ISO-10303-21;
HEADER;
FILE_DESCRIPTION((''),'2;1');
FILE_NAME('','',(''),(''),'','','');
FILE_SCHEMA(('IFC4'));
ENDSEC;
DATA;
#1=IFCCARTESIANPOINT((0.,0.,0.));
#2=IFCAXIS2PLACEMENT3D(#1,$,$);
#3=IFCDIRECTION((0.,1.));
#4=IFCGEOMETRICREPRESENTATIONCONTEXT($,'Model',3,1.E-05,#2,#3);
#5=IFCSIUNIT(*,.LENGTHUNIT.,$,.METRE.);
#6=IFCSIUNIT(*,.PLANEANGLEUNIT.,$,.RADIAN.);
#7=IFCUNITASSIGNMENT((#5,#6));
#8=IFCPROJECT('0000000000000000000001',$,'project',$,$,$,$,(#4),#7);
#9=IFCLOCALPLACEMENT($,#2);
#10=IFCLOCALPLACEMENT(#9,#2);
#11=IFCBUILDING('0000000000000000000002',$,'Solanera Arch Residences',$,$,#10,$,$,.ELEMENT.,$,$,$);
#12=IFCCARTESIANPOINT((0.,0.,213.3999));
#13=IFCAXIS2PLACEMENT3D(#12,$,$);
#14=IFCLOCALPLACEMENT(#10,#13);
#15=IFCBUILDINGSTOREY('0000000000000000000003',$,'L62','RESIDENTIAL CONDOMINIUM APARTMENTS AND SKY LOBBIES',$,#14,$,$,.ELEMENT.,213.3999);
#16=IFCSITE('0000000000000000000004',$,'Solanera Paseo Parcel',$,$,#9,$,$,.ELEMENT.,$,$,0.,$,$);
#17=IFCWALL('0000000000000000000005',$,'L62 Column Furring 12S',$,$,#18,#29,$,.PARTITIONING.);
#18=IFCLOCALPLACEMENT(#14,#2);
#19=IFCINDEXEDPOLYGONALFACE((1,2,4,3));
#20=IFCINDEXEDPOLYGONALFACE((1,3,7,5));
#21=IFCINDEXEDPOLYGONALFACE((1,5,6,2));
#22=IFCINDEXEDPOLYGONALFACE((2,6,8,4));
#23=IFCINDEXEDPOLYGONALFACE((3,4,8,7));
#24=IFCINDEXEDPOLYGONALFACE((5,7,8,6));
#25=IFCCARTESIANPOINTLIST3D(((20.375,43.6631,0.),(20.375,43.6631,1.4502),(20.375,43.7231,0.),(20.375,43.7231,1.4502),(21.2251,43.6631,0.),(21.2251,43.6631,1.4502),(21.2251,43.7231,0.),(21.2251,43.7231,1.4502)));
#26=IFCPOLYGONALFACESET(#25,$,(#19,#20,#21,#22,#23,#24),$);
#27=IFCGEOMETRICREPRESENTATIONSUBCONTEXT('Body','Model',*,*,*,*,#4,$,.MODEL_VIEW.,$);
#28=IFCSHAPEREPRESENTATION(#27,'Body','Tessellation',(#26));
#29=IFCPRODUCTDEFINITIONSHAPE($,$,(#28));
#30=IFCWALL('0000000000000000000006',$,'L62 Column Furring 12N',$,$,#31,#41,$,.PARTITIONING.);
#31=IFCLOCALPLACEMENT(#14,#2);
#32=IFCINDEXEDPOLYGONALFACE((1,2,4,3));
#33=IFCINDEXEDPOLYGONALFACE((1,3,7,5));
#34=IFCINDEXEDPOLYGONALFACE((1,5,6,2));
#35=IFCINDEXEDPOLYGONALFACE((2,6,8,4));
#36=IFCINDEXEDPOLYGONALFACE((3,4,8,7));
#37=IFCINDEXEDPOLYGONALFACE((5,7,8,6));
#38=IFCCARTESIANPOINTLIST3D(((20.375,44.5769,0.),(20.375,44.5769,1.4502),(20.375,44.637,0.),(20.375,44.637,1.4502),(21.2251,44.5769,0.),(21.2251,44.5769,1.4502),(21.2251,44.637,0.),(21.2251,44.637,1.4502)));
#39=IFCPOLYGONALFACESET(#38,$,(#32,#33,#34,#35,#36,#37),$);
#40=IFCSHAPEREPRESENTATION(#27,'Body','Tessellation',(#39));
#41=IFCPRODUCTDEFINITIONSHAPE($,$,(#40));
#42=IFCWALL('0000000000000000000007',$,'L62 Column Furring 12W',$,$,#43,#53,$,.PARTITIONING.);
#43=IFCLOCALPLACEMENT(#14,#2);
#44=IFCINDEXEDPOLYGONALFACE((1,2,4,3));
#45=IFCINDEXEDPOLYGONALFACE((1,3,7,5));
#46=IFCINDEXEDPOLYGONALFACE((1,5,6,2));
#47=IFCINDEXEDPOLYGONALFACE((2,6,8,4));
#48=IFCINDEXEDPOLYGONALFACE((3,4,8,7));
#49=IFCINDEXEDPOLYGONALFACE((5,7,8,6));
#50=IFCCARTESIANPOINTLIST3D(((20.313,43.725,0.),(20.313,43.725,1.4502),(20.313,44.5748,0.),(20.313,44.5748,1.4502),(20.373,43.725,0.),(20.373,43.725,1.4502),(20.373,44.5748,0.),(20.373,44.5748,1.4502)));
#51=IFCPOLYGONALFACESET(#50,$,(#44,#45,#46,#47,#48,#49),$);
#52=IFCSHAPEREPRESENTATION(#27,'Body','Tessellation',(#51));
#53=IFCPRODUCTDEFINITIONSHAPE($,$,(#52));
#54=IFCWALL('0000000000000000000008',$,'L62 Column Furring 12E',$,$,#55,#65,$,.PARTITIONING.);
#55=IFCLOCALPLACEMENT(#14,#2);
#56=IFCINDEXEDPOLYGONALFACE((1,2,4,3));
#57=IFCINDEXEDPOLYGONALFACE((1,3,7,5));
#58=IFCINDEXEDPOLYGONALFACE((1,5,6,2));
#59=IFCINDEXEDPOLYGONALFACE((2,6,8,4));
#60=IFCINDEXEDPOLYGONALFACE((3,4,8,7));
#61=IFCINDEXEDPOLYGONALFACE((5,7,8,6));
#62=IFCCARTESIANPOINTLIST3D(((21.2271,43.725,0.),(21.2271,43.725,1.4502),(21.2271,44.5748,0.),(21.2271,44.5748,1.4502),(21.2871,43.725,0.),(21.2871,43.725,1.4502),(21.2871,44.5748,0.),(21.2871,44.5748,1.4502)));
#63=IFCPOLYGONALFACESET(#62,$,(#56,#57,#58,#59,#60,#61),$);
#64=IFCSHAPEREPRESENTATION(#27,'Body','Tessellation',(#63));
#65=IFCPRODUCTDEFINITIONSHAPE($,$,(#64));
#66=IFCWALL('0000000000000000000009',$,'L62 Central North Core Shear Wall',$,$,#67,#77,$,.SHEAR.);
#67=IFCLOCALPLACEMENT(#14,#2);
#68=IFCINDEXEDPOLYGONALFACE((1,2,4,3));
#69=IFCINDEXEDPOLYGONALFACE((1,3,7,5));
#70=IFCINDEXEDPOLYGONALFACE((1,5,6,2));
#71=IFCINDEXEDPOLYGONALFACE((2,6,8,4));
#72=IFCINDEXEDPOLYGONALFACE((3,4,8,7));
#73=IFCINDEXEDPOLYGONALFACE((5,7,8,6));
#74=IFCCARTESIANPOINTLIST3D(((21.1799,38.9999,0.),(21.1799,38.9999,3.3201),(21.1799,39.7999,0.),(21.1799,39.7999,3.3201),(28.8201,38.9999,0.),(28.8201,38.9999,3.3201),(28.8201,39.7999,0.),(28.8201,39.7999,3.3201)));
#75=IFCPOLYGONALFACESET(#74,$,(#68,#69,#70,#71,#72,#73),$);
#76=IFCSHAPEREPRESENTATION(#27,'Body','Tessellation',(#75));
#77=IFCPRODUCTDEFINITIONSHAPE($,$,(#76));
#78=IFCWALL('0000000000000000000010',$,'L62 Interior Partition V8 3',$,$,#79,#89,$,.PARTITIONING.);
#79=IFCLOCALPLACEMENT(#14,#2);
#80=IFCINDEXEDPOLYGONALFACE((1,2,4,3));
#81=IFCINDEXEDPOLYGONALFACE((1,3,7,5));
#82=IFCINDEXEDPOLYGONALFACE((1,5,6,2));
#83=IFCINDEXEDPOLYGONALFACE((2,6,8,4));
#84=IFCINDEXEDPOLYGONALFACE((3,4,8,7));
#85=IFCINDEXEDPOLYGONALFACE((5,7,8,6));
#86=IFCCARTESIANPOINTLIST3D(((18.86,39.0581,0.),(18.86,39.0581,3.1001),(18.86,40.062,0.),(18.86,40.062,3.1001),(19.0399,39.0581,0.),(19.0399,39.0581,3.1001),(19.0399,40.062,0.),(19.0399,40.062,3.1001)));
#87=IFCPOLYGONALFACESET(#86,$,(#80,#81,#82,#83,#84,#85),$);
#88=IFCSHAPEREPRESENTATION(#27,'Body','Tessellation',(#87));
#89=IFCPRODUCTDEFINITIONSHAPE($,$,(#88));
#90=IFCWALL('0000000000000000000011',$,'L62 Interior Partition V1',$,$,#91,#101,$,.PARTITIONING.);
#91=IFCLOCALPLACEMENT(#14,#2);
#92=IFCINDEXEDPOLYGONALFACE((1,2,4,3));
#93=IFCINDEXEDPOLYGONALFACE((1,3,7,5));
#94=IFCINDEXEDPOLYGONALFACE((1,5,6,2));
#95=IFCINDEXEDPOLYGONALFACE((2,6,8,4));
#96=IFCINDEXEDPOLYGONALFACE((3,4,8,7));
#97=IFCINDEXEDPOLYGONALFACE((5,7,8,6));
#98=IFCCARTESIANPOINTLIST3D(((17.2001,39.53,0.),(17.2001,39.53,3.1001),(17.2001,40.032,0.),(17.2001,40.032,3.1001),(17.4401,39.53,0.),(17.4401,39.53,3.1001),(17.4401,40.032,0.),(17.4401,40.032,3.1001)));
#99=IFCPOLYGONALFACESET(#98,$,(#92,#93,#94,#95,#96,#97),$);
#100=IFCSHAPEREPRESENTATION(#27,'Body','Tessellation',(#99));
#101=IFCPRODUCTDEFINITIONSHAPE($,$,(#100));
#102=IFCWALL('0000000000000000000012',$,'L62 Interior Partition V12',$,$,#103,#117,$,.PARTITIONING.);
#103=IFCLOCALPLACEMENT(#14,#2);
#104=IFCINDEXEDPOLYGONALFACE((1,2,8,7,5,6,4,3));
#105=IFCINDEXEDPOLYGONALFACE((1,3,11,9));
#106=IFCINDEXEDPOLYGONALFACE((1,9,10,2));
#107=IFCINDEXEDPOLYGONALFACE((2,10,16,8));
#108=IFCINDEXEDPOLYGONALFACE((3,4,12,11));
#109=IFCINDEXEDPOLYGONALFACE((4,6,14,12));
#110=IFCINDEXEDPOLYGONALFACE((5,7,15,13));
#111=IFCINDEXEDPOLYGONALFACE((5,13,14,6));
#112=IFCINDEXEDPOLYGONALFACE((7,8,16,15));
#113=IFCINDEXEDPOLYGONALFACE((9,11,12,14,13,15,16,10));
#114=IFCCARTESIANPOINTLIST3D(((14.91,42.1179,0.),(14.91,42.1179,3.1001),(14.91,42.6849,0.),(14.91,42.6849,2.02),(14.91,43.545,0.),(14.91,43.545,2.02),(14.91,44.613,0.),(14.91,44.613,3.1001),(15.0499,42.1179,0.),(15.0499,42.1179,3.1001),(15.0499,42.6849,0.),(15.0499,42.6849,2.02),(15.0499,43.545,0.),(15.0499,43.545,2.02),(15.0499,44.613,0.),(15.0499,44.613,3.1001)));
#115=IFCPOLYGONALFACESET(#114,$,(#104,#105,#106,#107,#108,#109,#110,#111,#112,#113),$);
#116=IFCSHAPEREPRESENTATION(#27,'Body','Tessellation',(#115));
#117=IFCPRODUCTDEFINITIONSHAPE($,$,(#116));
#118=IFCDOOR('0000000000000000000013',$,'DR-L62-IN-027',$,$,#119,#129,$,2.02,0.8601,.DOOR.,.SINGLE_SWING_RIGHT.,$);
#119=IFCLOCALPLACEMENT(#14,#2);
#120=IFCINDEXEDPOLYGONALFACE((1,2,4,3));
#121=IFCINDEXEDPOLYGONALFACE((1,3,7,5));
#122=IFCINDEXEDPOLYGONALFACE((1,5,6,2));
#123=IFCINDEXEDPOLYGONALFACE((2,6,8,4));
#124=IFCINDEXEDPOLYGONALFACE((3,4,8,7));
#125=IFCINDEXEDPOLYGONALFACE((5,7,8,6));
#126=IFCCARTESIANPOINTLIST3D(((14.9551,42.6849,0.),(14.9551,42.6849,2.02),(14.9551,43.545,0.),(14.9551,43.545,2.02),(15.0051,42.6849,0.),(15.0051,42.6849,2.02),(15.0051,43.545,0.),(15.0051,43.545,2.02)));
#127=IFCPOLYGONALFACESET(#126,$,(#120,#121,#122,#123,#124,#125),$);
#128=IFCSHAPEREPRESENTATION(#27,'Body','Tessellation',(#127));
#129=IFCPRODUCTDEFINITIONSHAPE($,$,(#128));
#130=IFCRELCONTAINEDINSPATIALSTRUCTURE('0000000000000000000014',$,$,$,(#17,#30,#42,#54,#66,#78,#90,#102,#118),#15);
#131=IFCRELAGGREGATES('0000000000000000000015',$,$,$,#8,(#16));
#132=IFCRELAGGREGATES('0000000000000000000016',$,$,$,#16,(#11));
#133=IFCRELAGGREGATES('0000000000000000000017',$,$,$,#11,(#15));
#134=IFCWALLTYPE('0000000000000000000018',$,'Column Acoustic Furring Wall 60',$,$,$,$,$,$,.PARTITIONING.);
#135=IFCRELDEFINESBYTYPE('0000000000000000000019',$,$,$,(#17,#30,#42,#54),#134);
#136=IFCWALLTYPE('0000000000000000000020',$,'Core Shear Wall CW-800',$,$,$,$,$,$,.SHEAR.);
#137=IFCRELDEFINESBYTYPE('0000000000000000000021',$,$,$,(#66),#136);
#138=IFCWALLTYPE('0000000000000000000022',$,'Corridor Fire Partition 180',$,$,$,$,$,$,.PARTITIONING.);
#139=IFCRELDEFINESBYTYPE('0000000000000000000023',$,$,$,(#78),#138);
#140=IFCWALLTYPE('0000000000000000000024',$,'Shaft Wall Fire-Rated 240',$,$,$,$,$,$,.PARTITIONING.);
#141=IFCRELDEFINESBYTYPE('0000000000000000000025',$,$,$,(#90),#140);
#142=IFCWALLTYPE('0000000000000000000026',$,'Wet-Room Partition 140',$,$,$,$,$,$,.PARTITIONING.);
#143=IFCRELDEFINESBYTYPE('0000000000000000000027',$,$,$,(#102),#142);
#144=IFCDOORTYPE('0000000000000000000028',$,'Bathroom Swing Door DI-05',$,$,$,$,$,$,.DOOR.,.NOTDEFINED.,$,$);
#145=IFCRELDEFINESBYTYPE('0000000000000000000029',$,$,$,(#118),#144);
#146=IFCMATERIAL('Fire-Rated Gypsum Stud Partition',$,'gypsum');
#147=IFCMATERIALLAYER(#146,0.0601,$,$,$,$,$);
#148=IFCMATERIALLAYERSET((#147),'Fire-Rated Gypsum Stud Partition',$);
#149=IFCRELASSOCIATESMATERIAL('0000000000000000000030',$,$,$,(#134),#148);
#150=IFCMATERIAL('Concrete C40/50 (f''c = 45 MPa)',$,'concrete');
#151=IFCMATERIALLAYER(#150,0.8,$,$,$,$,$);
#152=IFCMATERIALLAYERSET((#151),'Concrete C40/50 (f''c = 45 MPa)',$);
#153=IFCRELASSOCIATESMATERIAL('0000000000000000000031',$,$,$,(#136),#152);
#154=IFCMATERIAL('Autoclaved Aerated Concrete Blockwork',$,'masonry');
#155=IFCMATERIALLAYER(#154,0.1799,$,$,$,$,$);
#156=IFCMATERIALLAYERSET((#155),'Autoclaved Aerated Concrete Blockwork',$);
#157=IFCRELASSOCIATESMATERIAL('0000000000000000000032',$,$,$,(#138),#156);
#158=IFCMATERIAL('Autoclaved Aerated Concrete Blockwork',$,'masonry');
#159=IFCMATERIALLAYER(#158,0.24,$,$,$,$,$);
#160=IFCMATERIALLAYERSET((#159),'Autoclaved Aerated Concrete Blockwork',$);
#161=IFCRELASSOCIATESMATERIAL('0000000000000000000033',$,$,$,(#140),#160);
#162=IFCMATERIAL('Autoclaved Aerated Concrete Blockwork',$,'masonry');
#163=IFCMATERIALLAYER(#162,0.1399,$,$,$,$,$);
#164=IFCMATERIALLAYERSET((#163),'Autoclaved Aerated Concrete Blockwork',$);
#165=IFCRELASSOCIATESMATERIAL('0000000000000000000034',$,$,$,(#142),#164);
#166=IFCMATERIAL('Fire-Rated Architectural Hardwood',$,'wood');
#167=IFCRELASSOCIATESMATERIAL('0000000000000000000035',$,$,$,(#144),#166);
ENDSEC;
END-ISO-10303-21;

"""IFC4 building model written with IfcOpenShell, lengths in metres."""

from ifc_helpers import new_model, si_unit, direction, frame, frame_2d, origin, place, context, subcontext, project, spatial, rectangle, extrude, material, layer, layer_set, type_object, element, fill, save


model = new_model("IFC4")

# Units and contexts
model_context = context("Model", 3, precision=1e-05, world=origin(), true_north=direction((0.0, 1.0)))
body_context = subcontext(model_context, "Body", "Model", "MODEL_VIEW")
ifc_project = project(units=[si_unit("LENGTHUNIT", "METRE"), si_unit("PLANEANGLEUNIT", "RADIAN")], contexts=[model_context])

# Site, building, storey
site_placement = place(None, origin())
site = spatial("IfcSite", under=ifc_project, at=site_placement, Name="Solanera Paseo Parcel", CompositionType="ELEMENT", RefElevation=0.0)
building_placement = place(site_placement, origin())
building = spatial("IfcBuilding", under=site, at=building_placement, Name="Solanera Arch Residences", CompositionType="ELEMENT")
storey_placement = place(building_placement, frame((0.0, 0.0, 213.3999)))
storey = spatial("IfcBuildingStorey", under=building, at=storey_placement, Name="L62", Description="RESIDENTIAL CONDOMINIUM APARTMENTS AND SKY LOBBIES", CompositionType="ELEMENT", Elevation=213.3999)

# Walls
ifc_material_1 = material(Name="Fire-Rated Gypsum Stud Partition", Category="gypsum")
ifc_layer_1 = layer(ifc_material_1, 0.0601)
ifc_layer_set_1 = layer_set([ifc_layer_1], Name="Fire-Rated Gypsum Stud Partition")
wall_type_1 = type_object("IfcWallType", Name="Column Acoustic Furring Wall 60", PredefinedType="PARTITIONING", material=ifc_layer_set_1)
for number, where, z_axis, x_axis, name in (
    (1, (20.375, 43.6931, 0.0), (0.0, 0.0, 1.0), (1.0, 0.0, 0.0), "L62 Column Furring 12S"),
    (2, (20.375, 44.6069, 0.0), (0.0, 0.0, 1.0), (1.0, 0.0, 0.0), "L62 Column Furring 12N"),
):
    element("IfcWall", number, at=place(storey_placement, frame(where, z_axis=z_axis, x_axis=x_axis)), inside=storey, type_object=wall_type_1, Name=name, PredefinedType="PARTITIONING", context=body_context, shape_type="SweptSolid", body=[
        extrude(rectangle(XDim=0.8501, YDim=0.0601, at=frame_2d((0.425, 0.0))), origin(), (0.0, 0.0, 1.0), 1.4502),
    ])
for number, where, z_axis, x_axis, name in (
    (3, (20.343, 43.7251, 0.0), (0.0, 0.0, 1.0), (0.0, 1.0, 0.0), "L62 Column Furring 12W"),
    (4, (21.2571, 43.7251, 0.0), (0.0, 0.0, 1.0), (0.0, 1.0, 0.0), "L62 Column Furring 12E"),
):
    element("IfcWall", number, at=place(storey_placement, frame(where, z_axis=z_axis, x_axis=x_axis)), inside=storey, type_object=wall_type_1, Name=name, PredefinedType="PARTITIONING", context=body_context, shape_type="SweptSolid", body=[
        extrude(rectangle(XDim=0.8499, YDim=0.0601, at=frame_2d((0.4248, 0.0))), origin(), (0.0, 0.0, 1.0), 1.4502),
    ])
ifc_material_2 = material(Name="Concrete C40/50 (f'c = 45 MPa)", Category="concrete")
ifc_layer_2 = layer(ifc_material_2, 0.8)
ifc_layer_set_2 = layer_set([ifc_layer_2], Name="Concrete C40/50 (f'c = 45 MPa)")
wall_type_2 = type_object("IfcWallType", Name="Core Shear Wall CW-800", PredefinedType="SHEAR", material=ifc_layer_set_2)
wall_1_placement = place(storey_placement, frame((21.1799, 39.3999, 0.0), z_axis=(0.0, 0.0, 1.0), x_axis=(1.0, 0.0, 0.0)))
element("IfcWall", 5, at=wall_1_placement, inside=storey, type_object=wall_type_2, Name="L62 Central North Core Shear Wall", PredefinedType="SHEAR", context=body_context, shape_type="SweptSolid", body=[
    extrude(rectangle(XDim=7.6401, YDim=0.8, at=frame_2d((3.8201, 0.0))), origin(), (0.0, 0.0, 1.0), 3.3201),
])
ifc_material_3 = material(Name="Autoclaved Aerated Concrete Blockwork", Category="masonry")
ifc_layer_3 = layer(ifc_material_3, 0.1799)
ifc_layer_set_3 = layer_set([ifc_layer_3], Name="Autoclaved Aerated Concrete Blockwork")
wall_type_3 = type_object("IfcWallType", Name="Corridor Fire Partition 180", PredefinedType="PARTITIONING", material=ifc_layer_set_3)
wall_2_placement = place(storey_placement, frame((18.95, 39.0581, 0.0), z_axis=(0.0, 0.0, 1.0), x_axis=(0.0, 1.0, 0.0)))
element("IfcWall", 6, at=wall_2_placement, inside=storey, type_object=wall_type_3, Name="L62 Interior Partition V8 3", PredefinedType="PARTITIONING", context=body_context, shape_type="SweptSolid", body=[
    extrude(rectangle(XDim=1.0039, YDim=0.1799, at=frame_2d((0.502, 0.0))), origin(), (0.0, 0.0, 1.0), 3.1001),
])
ifc_material_4 = material(Name="Autoclaved Aerated Concrete Blockwork", Category="masonry")
ifc_layer_4 = layer(ifc_material_4, 0.24)
ifc_layer_set_4 = layer_set([ifc_layer_4], Name="Autoclaved Aerated Concrete Blockwork")
wall_type_4 = type_object("IfcWallType", Name="Shaft Wall Fire-Rated 240", PredefinedType="PARTITIONING", material=ifc_layer_set_4)
wall_3_placement = place(storey_placement, frame((17.3201, 39.53, 0.0), z_axis=(0.0, 0.0, 1.0), x_axis=(0.0, 1.0, 0.0)))
element("IfcWall", 7, at=wall_3_placement, inside=storey, type_object=wall_type_4, Name="L62 Interior Partition V1", PredefinedType="PARTITIONING", context=body_context, shape_type="SweptSolid", body=[
    extrude(rectangle(XDim=0.502, YDim=0.24, at=frame_2d((0.251, 0.0))), origin(), (0.0, 0.0, 1.0), 3.1001),
])

# Wall, opening, door
ifc_material_5 = material(Name="Autoclaved Aerated Concrete Blockwork", Category="masonry")
ifc_layer_5 = layer(ifc_material_5, 0.1399)
ifc_layer_set_5 = layer_set([ifc_layer_5], Name="Autoclaved Aerated Concrete Blockwork")
wall_type_5 = type_object("IfcWallType", Name="Wet-Room Partition 140", PredefinedType="PARTITIONING", material=ifc_layer_set_5)
wall_4_placement = place(storey_placement, frame((14.98, 42.1179, 0.0), z_axis=(0.0, 0.0, 1.0), x_axis=(0.0, 1.0, 0.0)))
wall_4 = element("IfcWall", 8, at=wall_4_placement, inside=storey, type_object=wall_type_5, Name="L62 Interior Partition V12", PredefinedType="PARTITIONING", context=body_context, shape_type="SweptSolid", body=[
    extrude(rectangle(XDim=2.4951, YDim=0.1399, at=frame_2d((1.2476, 0.0))), origin(), (0.0, 0.0, 1.0), 3.1001),
])
opening_placement = place(wall_4_placement, frame((0.5669, 0.0, 0.0)))
opening = element("IfcOpeningElement", 9, at=opening_placement, cuts=wall_4, PredefinedType="OPENING", context=body_context, shape_type="SweptSolid", body=[
    extrude(rectangle(XDim=0.8601, YDim=2.02, at=frame_2d((0.4302, 1.01))), frame((0.0, 0.0798, 0.0), z_axis=(0.0, -1.0, 0.0), x_axis=(1.0, 0.0, 0.0)), (0.0, 0.0, 1.0), 0.1599),
])
ifc_material_6 = material(Name="Fire-Rated Architectural Hardwood", Category="wood")
door_type = type_object("IfcDoorType", Name="Bathroom Swing Door DI-05", OperationType="NOTDEFINED", PredefinedType="DOOR", material=ifc_material_6)
door_placement = place(opening_placement, origin())
door = element("IfcDoor", 10, at=door_placement, inside=storey, type_object=door_type, Name="DR-L62-IN-027", OperationType="SINGLE_SWING_RIGHT", OverallHeight=2.02, OverallWidth=0.8601, PredefinedType="DOOR", context=body_context, shape_type="SweptSolid", body=[
    extrude(rectangle(XDim=0.8601, YDim=2.02, at=frame_2d((0.4302, 1.01))), frame((0.0, 0.0249, 0.0), z_axis=(0.0, -1.0, 0.0), x_axis=(1.0, 0.0, 0.0)), (0.0, 0.0, 1.0), 0.05),
])
fill(opening, door)

save(model, "model.ifc")
